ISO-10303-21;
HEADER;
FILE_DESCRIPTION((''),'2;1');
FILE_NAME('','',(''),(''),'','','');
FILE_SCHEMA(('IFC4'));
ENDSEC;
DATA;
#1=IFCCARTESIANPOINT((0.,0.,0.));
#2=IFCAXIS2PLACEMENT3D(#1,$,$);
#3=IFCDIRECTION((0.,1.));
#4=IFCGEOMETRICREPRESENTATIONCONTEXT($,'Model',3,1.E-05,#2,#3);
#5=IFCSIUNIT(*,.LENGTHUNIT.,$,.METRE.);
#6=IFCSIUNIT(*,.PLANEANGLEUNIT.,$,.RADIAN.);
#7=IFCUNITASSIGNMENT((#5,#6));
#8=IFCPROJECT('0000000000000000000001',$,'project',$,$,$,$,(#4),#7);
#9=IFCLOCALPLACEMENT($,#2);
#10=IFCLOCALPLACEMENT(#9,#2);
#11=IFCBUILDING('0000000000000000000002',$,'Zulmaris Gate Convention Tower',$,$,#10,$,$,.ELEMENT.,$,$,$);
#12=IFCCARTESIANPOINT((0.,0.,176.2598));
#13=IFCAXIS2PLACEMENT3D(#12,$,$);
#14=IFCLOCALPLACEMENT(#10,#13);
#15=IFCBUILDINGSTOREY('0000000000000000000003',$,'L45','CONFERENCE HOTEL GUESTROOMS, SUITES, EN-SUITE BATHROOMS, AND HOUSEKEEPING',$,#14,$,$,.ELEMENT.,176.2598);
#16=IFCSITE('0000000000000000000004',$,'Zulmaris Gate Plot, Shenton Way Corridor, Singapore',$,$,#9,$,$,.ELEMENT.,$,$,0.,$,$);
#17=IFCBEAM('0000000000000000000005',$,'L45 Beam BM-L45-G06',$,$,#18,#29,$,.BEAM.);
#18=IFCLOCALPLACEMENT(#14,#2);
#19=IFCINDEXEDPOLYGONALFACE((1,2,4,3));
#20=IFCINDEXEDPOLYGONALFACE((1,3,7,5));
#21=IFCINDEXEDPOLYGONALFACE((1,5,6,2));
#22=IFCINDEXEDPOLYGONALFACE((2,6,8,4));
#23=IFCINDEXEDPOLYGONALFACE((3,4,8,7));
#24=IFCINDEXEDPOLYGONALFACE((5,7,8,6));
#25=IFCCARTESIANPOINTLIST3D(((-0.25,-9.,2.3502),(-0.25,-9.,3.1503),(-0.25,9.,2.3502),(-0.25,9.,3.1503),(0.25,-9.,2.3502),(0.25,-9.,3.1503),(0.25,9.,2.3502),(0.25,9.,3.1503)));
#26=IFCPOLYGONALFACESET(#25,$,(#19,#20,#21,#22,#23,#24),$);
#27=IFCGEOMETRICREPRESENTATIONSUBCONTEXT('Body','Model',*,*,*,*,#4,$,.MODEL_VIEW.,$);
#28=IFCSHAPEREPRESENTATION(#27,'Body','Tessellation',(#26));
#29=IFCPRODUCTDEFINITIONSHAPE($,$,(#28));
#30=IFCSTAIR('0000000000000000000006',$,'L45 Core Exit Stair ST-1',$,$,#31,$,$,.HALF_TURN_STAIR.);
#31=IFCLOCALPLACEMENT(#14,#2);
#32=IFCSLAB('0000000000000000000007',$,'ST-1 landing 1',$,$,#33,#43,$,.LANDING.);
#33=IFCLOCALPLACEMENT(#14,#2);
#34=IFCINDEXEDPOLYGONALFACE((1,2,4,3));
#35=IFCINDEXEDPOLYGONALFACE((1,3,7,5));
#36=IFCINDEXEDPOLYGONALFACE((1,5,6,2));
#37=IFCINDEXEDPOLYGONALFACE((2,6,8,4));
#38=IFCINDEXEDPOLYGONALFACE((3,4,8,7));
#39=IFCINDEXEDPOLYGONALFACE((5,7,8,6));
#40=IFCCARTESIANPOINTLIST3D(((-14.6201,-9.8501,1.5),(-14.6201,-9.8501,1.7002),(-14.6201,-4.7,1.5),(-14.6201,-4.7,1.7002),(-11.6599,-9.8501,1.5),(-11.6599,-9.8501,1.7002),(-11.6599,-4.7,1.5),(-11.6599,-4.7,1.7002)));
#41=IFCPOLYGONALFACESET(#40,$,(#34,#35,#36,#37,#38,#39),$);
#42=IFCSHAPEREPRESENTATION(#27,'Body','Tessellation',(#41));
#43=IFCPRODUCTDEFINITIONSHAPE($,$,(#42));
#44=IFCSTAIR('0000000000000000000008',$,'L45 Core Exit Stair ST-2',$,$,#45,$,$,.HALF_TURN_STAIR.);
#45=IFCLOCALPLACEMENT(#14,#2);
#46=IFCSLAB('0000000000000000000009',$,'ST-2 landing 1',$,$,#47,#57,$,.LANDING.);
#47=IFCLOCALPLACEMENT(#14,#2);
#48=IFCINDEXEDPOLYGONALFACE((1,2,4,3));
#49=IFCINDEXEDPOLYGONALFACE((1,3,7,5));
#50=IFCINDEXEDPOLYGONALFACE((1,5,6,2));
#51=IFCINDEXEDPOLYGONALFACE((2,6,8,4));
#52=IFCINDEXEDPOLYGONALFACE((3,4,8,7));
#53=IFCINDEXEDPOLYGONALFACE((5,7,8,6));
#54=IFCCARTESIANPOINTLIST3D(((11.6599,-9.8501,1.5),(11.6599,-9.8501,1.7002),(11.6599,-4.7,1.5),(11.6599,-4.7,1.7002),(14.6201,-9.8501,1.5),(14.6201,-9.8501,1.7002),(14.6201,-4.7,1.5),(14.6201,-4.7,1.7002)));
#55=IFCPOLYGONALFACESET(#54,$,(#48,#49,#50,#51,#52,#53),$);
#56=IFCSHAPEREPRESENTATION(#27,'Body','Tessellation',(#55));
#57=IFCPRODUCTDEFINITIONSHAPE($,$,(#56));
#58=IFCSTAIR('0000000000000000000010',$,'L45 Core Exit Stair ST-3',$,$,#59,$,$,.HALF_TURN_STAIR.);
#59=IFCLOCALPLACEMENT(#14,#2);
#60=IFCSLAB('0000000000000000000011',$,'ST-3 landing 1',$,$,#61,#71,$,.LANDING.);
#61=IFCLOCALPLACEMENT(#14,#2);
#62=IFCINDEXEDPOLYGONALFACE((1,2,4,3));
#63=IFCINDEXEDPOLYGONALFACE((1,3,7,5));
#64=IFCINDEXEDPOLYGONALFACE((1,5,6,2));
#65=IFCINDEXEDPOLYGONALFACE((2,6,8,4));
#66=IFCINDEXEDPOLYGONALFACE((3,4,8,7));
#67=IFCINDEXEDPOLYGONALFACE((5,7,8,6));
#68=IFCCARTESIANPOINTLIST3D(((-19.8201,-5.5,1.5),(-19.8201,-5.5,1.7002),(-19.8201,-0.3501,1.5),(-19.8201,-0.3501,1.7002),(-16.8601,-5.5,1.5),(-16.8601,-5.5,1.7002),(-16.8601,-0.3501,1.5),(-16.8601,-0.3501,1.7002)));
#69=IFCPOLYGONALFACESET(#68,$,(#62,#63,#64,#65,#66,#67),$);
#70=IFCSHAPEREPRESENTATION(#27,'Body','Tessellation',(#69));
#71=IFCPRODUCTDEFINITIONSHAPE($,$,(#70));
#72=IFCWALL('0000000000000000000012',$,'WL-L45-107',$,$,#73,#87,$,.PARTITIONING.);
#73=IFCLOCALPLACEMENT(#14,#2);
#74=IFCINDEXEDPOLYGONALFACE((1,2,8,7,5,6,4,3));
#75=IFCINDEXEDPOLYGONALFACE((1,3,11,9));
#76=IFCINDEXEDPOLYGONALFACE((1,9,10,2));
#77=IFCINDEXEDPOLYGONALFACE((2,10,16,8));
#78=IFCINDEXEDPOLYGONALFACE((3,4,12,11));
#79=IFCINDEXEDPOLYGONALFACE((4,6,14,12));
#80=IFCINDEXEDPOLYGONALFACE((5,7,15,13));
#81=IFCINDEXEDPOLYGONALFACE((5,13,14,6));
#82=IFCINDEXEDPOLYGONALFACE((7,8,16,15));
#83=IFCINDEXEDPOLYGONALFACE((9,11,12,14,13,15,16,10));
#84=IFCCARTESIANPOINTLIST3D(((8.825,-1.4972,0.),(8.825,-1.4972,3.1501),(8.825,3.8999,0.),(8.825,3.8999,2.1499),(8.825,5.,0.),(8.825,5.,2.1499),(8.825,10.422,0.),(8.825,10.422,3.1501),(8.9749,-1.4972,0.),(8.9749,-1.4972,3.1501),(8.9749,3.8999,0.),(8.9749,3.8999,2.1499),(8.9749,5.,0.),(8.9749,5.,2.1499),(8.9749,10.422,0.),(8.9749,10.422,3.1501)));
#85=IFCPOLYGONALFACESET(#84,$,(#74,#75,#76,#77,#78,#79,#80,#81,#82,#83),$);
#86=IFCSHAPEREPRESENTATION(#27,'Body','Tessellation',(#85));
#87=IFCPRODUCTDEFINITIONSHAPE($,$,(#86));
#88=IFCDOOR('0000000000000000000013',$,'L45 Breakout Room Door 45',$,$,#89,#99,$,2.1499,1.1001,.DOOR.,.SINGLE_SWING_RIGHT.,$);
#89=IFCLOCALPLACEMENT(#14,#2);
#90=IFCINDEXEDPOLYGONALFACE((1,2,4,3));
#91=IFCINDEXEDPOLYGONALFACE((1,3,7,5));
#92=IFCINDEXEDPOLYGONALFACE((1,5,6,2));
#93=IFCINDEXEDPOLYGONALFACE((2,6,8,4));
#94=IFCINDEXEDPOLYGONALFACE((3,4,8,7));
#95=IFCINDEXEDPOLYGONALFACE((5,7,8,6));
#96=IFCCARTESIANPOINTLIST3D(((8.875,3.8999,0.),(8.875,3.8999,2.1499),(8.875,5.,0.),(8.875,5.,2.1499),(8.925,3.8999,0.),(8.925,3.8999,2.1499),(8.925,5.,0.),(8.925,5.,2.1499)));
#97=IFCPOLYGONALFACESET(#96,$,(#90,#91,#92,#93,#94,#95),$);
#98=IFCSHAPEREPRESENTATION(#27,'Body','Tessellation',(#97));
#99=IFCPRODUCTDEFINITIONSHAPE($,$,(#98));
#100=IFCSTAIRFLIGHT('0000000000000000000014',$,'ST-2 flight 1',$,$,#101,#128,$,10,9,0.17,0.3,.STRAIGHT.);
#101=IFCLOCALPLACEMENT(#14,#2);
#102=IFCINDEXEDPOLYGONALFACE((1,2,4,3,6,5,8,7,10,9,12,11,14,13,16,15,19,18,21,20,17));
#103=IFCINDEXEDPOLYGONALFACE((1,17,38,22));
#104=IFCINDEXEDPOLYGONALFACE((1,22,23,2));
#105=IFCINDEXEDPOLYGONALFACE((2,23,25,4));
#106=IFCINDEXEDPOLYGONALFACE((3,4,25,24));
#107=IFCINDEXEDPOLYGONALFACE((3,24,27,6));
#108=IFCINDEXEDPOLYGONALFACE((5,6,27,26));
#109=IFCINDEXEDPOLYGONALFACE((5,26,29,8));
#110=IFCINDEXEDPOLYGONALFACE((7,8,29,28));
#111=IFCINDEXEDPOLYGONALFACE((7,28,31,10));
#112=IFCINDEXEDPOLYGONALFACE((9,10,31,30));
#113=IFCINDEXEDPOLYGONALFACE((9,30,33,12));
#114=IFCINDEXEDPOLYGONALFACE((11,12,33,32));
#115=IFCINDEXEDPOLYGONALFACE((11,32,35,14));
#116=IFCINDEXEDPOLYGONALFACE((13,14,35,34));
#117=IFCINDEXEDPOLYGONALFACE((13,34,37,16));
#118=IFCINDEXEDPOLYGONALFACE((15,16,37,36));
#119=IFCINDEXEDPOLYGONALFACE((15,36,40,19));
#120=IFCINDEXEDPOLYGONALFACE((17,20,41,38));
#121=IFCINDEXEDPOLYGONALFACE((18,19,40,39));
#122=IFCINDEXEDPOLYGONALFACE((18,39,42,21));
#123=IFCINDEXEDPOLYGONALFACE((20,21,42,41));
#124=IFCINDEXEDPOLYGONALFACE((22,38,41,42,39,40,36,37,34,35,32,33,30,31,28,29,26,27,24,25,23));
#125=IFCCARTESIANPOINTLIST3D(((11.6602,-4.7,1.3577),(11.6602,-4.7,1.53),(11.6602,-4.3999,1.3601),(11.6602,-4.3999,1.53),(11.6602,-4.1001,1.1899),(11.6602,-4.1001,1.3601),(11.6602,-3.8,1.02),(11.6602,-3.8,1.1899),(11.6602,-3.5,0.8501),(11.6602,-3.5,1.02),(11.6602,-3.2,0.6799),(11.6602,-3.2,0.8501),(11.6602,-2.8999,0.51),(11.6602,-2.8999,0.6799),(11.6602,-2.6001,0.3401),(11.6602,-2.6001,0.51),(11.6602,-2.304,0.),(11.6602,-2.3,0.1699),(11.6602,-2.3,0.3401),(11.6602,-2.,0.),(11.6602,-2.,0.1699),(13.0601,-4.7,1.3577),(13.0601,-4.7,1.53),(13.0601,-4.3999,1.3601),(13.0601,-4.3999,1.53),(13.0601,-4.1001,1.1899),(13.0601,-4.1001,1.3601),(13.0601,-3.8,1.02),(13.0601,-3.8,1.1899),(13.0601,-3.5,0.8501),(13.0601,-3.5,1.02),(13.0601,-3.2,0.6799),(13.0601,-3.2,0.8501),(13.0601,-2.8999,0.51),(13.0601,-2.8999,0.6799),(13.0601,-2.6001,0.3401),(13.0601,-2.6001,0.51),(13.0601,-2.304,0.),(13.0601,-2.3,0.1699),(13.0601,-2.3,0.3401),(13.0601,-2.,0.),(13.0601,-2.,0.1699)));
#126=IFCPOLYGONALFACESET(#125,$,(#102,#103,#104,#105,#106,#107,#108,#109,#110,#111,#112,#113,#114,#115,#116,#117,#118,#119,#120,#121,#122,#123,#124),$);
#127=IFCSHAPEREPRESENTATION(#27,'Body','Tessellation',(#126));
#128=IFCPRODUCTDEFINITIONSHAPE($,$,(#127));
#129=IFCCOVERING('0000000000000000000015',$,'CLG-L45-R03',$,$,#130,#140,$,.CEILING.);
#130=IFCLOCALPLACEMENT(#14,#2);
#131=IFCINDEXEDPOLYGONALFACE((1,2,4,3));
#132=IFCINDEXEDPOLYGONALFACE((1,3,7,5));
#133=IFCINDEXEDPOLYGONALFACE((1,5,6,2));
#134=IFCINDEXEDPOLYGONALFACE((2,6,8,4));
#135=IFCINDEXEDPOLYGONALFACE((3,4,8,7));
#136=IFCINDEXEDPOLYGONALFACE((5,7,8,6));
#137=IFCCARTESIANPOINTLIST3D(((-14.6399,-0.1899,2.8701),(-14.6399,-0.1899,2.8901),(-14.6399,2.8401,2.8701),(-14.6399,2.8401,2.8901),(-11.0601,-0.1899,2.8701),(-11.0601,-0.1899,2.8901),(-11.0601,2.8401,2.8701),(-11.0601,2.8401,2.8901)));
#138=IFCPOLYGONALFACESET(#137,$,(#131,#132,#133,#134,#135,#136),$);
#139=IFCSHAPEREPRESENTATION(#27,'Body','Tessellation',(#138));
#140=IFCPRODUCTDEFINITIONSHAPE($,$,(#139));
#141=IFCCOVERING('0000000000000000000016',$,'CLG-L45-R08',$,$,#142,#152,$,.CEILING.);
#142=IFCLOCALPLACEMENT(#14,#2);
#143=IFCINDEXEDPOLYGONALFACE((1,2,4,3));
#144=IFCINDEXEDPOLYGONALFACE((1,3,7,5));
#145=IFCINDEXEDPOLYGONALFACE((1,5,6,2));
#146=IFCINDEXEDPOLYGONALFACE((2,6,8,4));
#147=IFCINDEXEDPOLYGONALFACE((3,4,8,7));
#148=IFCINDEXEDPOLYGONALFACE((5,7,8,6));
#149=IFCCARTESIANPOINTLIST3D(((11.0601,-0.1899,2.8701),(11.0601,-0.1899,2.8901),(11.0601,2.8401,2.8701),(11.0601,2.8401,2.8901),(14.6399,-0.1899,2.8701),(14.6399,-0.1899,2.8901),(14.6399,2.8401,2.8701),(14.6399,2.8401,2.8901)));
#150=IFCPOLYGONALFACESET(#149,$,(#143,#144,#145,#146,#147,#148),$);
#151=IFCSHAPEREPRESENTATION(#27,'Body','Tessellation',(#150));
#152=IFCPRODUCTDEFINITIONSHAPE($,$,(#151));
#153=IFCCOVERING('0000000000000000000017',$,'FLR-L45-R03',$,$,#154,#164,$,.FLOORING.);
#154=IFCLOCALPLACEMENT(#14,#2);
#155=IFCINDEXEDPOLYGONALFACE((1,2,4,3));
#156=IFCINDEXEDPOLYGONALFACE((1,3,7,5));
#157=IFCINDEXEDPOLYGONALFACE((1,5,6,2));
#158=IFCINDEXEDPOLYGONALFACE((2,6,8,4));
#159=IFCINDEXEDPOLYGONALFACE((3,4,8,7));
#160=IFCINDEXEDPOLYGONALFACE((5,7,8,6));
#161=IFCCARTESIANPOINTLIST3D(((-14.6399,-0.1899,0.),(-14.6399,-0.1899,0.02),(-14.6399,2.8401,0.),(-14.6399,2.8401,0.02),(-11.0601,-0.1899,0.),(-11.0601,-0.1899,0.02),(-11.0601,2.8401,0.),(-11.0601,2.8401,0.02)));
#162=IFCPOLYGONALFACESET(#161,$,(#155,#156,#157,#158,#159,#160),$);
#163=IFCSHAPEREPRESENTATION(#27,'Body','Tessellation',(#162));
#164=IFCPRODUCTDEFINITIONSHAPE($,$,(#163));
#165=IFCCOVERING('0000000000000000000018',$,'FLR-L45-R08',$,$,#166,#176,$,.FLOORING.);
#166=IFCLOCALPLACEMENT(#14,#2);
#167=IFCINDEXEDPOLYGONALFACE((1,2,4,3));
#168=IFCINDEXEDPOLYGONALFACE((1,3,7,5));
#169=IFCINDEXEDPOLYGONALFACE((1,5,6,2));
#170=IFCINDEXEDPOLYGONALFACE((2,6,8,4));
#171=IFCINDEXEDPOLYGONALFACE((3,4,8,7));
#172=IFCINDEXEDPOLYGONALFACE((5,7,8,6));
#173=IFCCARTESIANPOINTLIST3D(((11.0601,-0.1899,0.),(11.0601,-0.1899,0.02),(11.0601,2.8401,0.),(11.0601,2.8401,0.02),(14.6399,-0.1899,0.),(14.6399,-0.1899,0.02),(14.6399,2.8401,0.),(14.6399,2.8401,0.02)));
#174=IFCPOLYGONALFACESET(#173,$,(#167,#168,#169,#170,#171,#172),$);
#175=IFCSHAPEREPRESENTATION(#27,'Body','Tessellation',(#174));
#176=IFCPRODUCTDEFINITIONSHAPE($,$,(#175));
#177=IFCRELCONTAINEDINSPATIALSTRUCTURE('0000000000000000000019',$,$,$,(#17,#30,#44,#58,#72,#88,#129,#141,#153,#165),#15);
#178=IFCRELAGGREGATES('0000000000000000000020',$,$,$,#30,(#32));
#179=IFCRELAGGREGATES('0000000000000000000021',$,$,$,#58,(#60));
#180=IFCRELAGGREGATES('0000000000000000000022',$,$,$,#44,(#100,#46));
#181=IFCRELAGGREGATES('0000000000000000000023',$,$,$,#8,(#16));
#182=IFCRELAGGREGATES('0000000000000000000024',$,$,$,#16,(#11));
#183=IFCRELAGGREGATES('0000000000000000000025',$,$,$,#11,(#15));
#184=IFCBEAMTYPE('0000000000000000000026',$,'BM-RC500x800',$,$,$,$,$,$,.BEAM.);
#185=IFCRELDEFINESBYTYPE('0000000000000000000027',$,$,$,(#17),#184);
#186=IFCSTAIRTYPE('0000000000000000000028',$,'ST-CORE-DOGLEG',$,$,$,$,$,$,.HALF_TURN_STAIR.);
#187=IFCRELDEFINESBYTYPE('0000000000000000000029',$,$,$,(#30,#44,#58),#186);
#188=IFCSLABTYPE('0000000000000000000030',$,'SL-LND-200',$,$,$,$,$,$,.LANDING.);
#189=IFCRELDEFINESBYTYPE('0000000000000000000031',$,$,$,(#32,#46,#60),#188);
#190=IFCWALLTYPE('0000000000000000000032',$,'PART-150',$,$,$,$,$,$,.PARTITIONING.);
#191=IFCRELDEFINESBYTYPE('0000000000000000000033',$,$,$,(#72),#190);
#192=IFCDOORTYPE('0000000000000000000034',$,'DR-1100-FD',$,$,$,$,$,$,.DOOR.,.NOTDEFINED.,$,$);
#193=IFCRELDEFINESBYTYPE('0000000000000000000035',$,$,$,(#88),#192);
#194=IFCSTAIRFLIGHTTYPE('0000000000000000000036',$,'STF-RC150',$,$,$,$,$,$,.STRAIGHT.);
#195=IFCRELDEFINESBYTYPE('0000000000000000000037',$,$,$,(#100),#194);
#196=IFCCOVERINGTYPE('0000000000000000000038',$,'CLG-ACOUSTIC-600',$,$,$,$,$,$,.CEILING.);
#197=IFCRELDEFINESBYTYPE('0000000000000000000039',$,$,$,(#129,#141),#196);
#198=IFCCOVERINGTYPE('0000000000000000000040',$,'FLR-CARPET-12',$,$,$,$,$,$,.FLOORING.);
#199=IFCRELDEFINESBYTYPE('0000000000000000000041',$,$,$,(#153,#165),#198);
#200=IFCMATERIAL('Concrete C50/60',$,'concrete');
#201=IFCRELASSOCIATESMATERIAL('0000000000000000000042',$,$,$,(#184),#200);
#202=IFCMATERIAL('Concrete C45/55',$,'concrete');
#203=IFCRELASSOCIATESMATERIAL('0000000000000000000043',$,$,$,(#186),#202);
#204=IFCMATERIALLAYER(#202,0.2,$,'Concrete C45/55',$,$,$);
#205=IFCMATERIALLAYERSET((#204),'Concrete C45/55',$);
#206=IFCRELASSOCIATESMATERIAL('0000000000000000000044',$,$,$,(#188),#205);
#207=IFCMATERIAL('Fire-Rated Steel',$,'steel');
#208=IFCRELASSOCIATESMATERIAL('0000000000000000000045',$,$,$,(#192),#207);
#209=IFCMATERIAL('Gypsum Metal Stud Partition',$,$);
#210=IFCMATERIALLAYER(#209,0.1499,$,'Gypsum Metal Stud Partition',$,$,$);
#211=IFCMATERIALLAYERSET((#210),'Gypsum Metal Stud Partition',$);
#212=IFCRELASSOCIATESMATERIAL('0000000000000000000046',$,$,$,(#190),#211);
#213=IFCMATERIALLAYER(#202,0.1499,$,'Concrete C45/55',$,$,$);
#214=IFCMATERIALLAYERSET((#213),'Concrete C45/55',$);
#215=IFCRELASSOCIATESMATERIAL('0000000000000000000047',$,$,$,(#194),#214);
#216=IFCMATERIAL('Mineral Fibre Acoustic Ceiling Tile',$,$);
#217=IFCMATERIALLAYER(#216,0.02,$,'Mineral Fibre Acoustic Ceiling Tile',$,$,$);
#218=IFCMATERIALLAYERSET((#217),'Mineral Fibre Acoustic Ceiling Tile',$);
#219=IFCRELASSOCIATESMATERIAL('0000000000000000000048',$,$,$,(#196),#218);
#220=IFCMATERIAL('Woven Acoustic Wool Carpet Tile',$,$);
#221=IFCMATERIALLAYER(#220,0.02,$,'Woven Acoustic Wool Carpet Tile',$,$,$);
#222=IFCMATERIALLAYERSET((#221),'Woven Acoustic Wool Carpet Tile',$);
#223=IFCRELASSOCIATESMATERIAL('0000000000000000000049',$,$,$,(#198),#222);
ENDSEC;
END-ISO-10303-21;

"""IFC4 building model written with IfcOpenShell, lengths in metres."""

from ifc_helpers import new_model, si_unit, direction, frame, frame_2d, origin, origin_2d, place, context, subcontext, project, spatial, polyline, rectangle, outline, extrude, material, layer, layer_set, material_profile, profile_set, type_object, element, fill, aggregate, save


model = new_model("IFC4")

# Units and contexts
model_context = context("Model", 3, precision=1e-05, world=origin(), true_north=direction((0.0, 1.0)))
body_context = subcontext(model_context, "Body", "Model", "MODEL_VIEW")
ifc_project = project(units=[si_unit("LENGTHUNIT", "METRE"), si_unit("PLANEANGLEUNIT", "RADIAN")], contexts=[model_context])

# Site, building, storey
site_placement = place(None, origin())
site = spatial("IfcSite", under=ifc_project, at=site_placement, Name="Zulmaris Gate Plot, Shenton Way Corridor, Singapore", CompositionType="ELEMENT", RefElevation=0.0)
building_placement = place(site_placement, origin())
building = spatial("IfcBuilding", under=site, at=building_placement, Name="Zulmaris Gate Convention Tower", CompositionType="ELEMENT")
storey_placement = place(building_placement, frame((0.0, 0.0, 176.2598)))
storey = spatial("IfcBuildingStorey", under=building, at=storey_placement, Name="L45", Description="CONFERENCE HOTEL GUESTROOMS, SUITES, EN-SUITE BATHROOMS, AND HOUSEKEEPING", CompositionType="ELEMENT", Elevation=176.2598)

# Beam
ifc_material_1 = material(Name="Concrete C50/60", Category="concrete")
ifc_material_profile = material_profile(ifc_material_1, rectangle(XDim=0.5, YDim=0.8, at=origin_2d()), Name="RC BEAM 500x800")
ifc_profile_set = profile_set([ifc_material_profile], Name="Concrete C50/60")
beam_type = type_object("IfcBeamType", Name="BM-RC500x800", PredefinedType="BEAM", material=ifc_profile_set)
beam_placement = place(storey_placement, frame((0.0, -9.0, 2.7502), z_axis=(0.0, 1.0, 0.0), x_axis=(-1.0, 0.0, 0.0)))
element("IfcBeam", 1, at=beam_placement, inside=storey, type_object=beam_type, Name="L45 Beam BM-L45-G06", PredefinedType="BEAM", context=body_context, shape_type="SweptSolid", body=[
    extrude(rectangle(XDim=0.5, YDim=0.8, at=origin_2d()), origin(), (0.0, 0.0, 1.0), 18.0),
])

# Stairs, slabs
ifc_material_2 = material(Name="Concrete C45/55", Category="concrete")
stair_type = type_object("IfcStairType", Name="ST-CORE-DOGLEG", PredefinedType="HALF_TURN_STAIR", material=ifc_material_2)
stair_1_placement = place(storey_placement, origin())
stair_1 = element("IfcStair", 2, at=stair_1_placement, inside=storey, type_object=stair_type, Name="L45 Core Exit Stair ST-1", PredefinedType="HALF_TURN_STAIR")
ifc_layer_1 = layer(ifc_material_2, 0.2, Name="Concrete C45/55")
ifc_layer_set_1 = layer_set([ifc_layer_1], Name="Concrete C45/55")
slab_type = type_object("IfcSlabType", Name="SL-LND-200", PredefinedType="LANDING", material=ifc_layer_set_1)
slab_1_placement = place(storey_placement, frame((0.0, 0.0, 1.5)))
slab_1 = element("IfcSlab", 3, at=slab_1_placement, type_object=slab_type, Name="ST-1 landing 1", PredefinedType="LANDING", context=body_context, shape_type="SweptSolid", body=[
    extrude(outline(polyline([(-14.6201, -4.7), (-14.6201, -9.8501), (-11.6599, -9.8501), (-11.6599, -4.7), (-14.6201, -4.7)])), origin(), (0.0, 0.0, 1.0), 0.2002),
])
aggregate(stair_1, [slab_1])
stair_2_placement = place(storey_placement, origin())
stair_2 = element("IfcStair", 4, at=stair_2_placement, inside=storey, type_object=stair_type, Name="L45 Core Exit Stair ST-2", PredefinedType="HALF_TURN_STAIR")
slab_2_placement = place(storey_placement, frame((0.0, 0.0, 1.5)))
slab_2 = element("IfcSlab", 5, at=slab_2_placement, type_object=slab_type, Name="ST-2 landing 1", PredefinedType="LANDING", context=body_context, shape_type="SweptSolid", body=[
    extrude(outline(polyline([(11.6599, -4.7), (11.6599, -9.8501), (14.6201, -9.8501), (14.6201, -4.7), (11.6599, -4.7)])), origin(), (0.0, 0.0, 1.0), 0.2002),
])
stair_3_placement = place(storey_placement, origin())
stair_3 = element("IfcStair", 6, at=stair_3_placement, inside=storey, type_object=stair_type, Name="L45 Core Exit Stair ST-3", PredefinedType="HALF_TURN_STAIR")
slab_3_placement = place(storey_placement, frame((0.0, 0.0, 1.5)))
slab_3 = element("IfcSlab", 7, at=slab_3_placement, type_object=slab_type, Name="ST-3 landing 1", PredefinedType="LANDING", context=body_context, shape_type="SweptSolid", body=[
    extrude(outline(polyline([(-16.8601, -5.5), (-16.8601, -0.3501), (-19.8201, -0.3501), (-19.8201, -5.5), (-16.8601, -5.5)])), origin(), (0.0, 0.0, 1.0), 0.2002),
])
aggregate(stair_3, [slab_3])

# Wall, opening, door
ifc_material_3 = material(Name="Fire-Rated Steel", Category="steel")
door_type_1 = type_object("IfcDoorType", Name="DR-1100-FD", OperationType="NOTDEFINED", PredefinedType="DOOR", material=ifc_material_3)
ifc_material_4 = material(Name="Gypsum Metal Stud Partition")
ifc_layer_2 = layer(ifc_material_4, 0.1499, Name="Gypsum Metal Stud Partition")
ifc_layer_set_2 = layer_set([ifc_layer_2], Name="Gypsum Metal Stud Partition")
wall_type_1 = type_object("IfcWallType", Name="PART-150", PredefinedType="PARTITIONING", material=ifc_layer_set_2)
wall_1_placement = place(storey_placement, frame((8.8999, -1.4971, 0.0), z_axis=(0.0, 0.0, 1.0), x_axis=(0.0, 1.0, 0.0)))
wall_1 = element("IfcWall", 8, at=wall_1_placement, inside=storey, type_object=wall_type_1, Name="WL-L45-107", PredefinedType="PARTITIONING", context=body_context, shape_type="SweptSolid", body=[
    extrude(rectangle(XDim=11.9192, YDim=0.1499, at=frame_2d((5.9595, 0.0))), origin(), (0.0, 0.0, 1.0), 3.1501),
])
opening_1_placement = place(wall_1_placement, frame((5.397, 0.0, 0.0)))
opening_1 = element("IfcOpeningElement", 9, at=opening_1_placement, cuts=wall_1, PredefinedType="OPENING", context=body_context, shape_type="SweptSolid", body=[
    extrude(rectangle(XDim=1.1001, YDim=2.1499, at=frame_2d((0.55, 1.075))), frame((0.0, 0.085, 0.0), z_axis=(0.0, -1.0, 0.0), x_axis=(1.0, 0.0, 0.0)), (0.0, 0.0, 1.0), 0.1699),
])
door_1_placement = place(opening_1_placement, origin())
door_1 = element("IfcDoor", 10, at=door_1_placement, inside=storey, type_object=door_type_1, Name="L45 Breakout Room Door 45", OperationType="SINGLE_SWING_RIGHT", OverallHeight=2.1499, OverallWidth=1.1001, PredefinedType="DOOR", context=body_context, shape_type="SweptSolid", body=[
    extrude(rectangle(XDim=1.1001, YDim=2.1499, at=frame_2d((0.55, 1.075))), frame((0.0, 0.0249, 0.0), z_axis=(0.0, -1.0, 0.0), x_axis=(1.0, 0.0, 0.0)), (0.0, 0.0, 1.0), 0.05),
])
fill(opening_1, door_1)

# Stair flight
ifc_layer_3 = layer(ifc_material_2, 0.1499, Name="Concrete C45/55")
ifc_layer_set_3 = layer_set([ifc_layer_3], Name="Concrete C45/55")
stair_flight_type = type_object("IfcStairFlightType", Name="STF-RC150", PredefinedType="STRAIGHT", material=ifc_layer_set_3)
stair_flight_placement = place(storey_placement, frame((12.3601, -2.0, 0.0), z_axis=(0.0, 0.0, 1.0), x_axis=(0.0, -1.0, 0.0)))
stair_flight = element("IfcStairFlight", 11, at=stair_flight_placement, type_object=stair_flight_type, Name="ST-2 flight 1", NumberOfRisers=10, NumberOfTreads=9, PredefinedType="STRAIGHT", RiserHeight=0.17, TreadLength=0.3, context=body_context, shape_type="SweptSolid", body=[
    extrude(outline(polyline([(0.0, 0.0), (0.0, 0.1699), (0.3, 0.1699), (0.3, 0.3401), (0.6001, 0.3401), (0.6001, 0.51), (0.8999, 0.51), (0.8999, 0.6799), (1.2, 0.6799), (1.2, 0.8501), (1.5, 0.8501), (1.5, 1.02), (1.8, 1.02), (1.8, 1.1899), (2.1001, 1.1899), (2.1001, 1.3601), (2.3999, 1.3601), (2.3999, 1.53), (2.7, 1.53), (2.7, 1.7), (2.7, 1.3577), (0.304, 0.0), (0.0, 0.0)])), frame((0.0, 0.7, 0.0), z_axis=(0.0, -1.0, 0.0), x_axis=(1.0, 0.0, 0.0)), (0.0, 0.0, 1.0), 1.3999),
])
aggregate(stair_2, [stair_flight, slab_2])

# Coverings
ifc_material_5 = material(Name="Mineral Fibre Acoustic Ceiling Tile")
ifc_layer_4 = layer(ifc_material_5, 0.02, Name="Mineral Fibre Acoustic Ceiling Tile")
ifc_layer_set_4 = layer_set([ifc_layer_4], Name="Mineral Fibre Acoustic Ceiling Tile")
covering_type_1 = type_object("IfcCoveringType", Name="CLG-ACOUSTIC-600", PredefinedType="CEILING", material=ifc_layer_set_4)
covering_1_placement = place(storey_placement, frame((0.0, 0.0, 2.8701)))
element("IfcCovering", 12, at=covering_1_placement, inside=storey, type_object=covering_type_1, Name="CLG-L45-R03", PredefinedType="CEILING", context=body_context, shape_type="SweptSolid", body=[
    extrude(outline(polyline([(-14.6399, -0.1899), (-11.0601, -0.1899), (-11.0601, 2.8401), (-14.6399, 2.8401), (-14.6399, -0.1899)])), origin(), (0.0, 0.0, 1.0), 0.02),
])
covering_2_placement = place(storey_placement, frame((0.0, 0.0, 2.8701)))
element("IfcCovering", 13, at=covering_2_placement, inside=storey, type_object=covering_type_1, Name="CLG-L45-R08", PredefinedType="CEILING", context=body_context, shape_type="SweptSolid", body=[
    extrude(outline(polyline([(11.0601, -0.1899), (14.6399, -0.1899), (14.6399, 2.8401), (11.0601, 2.8401), (11.0601, -0.1899)])), origin(), (0.0, 0.0, 1.0), 0.02),
])
ifc_material_6 = material(Name="Woven Acoustic Wool Carpet Tile")
ifc_layer_5 = layer(ifc_material_6, 0.02, Name="Woven Acoustic Wool Carpet Tile")
ifc_layer_set_5 = layer_set([ifc_layer_5], Name="Woven Acoustic Wool Carpet Tile")
covering_type_2 = type_object("IfcCoveringType", Name="FLR-CARPET-12", PredefinedType="FLOORING", material=ifc_layer_set_5)
covering_3_placement = place(storey_placement, origin())
element("IfcCovering", 14, at=covering_3_placement, inside=storey, type_object=covering_type_2, Name="FLR-L45-R03", PredefinedType="FLOORING", context=body_context, shape_type="SweptSolid", body=[
    extrude(outline(polyline([(-14.6399, -0.1899), (-11.0601, -0.1899), (-11.0601, 2.8401), (-14.6399, 2.8401), (-14.6399, -0.1899)])), origin(), (0.0, 0.0, 1.0), 0.02),
])
covering_4_placement = place(storey_placement, origin())
element("IfcCovering", 15, at=covering_4_placement, inside=storey, type_object=covering_type_2, Name="FLR-L45-R08", PredefinedType="FLOORING", context=body_context, shape_type="SweptSolid", body=[
    extrude(outline(polyline([(11.0601, -0.1899), (14.6399, -0.1899), (14.6399, 2.8401), (11.0601, 2.8401), (11.0601, -0.1899)])), origin(), (0.0, 0.0, 1.0), 0.02),
])

save(model, "model.ifc")
